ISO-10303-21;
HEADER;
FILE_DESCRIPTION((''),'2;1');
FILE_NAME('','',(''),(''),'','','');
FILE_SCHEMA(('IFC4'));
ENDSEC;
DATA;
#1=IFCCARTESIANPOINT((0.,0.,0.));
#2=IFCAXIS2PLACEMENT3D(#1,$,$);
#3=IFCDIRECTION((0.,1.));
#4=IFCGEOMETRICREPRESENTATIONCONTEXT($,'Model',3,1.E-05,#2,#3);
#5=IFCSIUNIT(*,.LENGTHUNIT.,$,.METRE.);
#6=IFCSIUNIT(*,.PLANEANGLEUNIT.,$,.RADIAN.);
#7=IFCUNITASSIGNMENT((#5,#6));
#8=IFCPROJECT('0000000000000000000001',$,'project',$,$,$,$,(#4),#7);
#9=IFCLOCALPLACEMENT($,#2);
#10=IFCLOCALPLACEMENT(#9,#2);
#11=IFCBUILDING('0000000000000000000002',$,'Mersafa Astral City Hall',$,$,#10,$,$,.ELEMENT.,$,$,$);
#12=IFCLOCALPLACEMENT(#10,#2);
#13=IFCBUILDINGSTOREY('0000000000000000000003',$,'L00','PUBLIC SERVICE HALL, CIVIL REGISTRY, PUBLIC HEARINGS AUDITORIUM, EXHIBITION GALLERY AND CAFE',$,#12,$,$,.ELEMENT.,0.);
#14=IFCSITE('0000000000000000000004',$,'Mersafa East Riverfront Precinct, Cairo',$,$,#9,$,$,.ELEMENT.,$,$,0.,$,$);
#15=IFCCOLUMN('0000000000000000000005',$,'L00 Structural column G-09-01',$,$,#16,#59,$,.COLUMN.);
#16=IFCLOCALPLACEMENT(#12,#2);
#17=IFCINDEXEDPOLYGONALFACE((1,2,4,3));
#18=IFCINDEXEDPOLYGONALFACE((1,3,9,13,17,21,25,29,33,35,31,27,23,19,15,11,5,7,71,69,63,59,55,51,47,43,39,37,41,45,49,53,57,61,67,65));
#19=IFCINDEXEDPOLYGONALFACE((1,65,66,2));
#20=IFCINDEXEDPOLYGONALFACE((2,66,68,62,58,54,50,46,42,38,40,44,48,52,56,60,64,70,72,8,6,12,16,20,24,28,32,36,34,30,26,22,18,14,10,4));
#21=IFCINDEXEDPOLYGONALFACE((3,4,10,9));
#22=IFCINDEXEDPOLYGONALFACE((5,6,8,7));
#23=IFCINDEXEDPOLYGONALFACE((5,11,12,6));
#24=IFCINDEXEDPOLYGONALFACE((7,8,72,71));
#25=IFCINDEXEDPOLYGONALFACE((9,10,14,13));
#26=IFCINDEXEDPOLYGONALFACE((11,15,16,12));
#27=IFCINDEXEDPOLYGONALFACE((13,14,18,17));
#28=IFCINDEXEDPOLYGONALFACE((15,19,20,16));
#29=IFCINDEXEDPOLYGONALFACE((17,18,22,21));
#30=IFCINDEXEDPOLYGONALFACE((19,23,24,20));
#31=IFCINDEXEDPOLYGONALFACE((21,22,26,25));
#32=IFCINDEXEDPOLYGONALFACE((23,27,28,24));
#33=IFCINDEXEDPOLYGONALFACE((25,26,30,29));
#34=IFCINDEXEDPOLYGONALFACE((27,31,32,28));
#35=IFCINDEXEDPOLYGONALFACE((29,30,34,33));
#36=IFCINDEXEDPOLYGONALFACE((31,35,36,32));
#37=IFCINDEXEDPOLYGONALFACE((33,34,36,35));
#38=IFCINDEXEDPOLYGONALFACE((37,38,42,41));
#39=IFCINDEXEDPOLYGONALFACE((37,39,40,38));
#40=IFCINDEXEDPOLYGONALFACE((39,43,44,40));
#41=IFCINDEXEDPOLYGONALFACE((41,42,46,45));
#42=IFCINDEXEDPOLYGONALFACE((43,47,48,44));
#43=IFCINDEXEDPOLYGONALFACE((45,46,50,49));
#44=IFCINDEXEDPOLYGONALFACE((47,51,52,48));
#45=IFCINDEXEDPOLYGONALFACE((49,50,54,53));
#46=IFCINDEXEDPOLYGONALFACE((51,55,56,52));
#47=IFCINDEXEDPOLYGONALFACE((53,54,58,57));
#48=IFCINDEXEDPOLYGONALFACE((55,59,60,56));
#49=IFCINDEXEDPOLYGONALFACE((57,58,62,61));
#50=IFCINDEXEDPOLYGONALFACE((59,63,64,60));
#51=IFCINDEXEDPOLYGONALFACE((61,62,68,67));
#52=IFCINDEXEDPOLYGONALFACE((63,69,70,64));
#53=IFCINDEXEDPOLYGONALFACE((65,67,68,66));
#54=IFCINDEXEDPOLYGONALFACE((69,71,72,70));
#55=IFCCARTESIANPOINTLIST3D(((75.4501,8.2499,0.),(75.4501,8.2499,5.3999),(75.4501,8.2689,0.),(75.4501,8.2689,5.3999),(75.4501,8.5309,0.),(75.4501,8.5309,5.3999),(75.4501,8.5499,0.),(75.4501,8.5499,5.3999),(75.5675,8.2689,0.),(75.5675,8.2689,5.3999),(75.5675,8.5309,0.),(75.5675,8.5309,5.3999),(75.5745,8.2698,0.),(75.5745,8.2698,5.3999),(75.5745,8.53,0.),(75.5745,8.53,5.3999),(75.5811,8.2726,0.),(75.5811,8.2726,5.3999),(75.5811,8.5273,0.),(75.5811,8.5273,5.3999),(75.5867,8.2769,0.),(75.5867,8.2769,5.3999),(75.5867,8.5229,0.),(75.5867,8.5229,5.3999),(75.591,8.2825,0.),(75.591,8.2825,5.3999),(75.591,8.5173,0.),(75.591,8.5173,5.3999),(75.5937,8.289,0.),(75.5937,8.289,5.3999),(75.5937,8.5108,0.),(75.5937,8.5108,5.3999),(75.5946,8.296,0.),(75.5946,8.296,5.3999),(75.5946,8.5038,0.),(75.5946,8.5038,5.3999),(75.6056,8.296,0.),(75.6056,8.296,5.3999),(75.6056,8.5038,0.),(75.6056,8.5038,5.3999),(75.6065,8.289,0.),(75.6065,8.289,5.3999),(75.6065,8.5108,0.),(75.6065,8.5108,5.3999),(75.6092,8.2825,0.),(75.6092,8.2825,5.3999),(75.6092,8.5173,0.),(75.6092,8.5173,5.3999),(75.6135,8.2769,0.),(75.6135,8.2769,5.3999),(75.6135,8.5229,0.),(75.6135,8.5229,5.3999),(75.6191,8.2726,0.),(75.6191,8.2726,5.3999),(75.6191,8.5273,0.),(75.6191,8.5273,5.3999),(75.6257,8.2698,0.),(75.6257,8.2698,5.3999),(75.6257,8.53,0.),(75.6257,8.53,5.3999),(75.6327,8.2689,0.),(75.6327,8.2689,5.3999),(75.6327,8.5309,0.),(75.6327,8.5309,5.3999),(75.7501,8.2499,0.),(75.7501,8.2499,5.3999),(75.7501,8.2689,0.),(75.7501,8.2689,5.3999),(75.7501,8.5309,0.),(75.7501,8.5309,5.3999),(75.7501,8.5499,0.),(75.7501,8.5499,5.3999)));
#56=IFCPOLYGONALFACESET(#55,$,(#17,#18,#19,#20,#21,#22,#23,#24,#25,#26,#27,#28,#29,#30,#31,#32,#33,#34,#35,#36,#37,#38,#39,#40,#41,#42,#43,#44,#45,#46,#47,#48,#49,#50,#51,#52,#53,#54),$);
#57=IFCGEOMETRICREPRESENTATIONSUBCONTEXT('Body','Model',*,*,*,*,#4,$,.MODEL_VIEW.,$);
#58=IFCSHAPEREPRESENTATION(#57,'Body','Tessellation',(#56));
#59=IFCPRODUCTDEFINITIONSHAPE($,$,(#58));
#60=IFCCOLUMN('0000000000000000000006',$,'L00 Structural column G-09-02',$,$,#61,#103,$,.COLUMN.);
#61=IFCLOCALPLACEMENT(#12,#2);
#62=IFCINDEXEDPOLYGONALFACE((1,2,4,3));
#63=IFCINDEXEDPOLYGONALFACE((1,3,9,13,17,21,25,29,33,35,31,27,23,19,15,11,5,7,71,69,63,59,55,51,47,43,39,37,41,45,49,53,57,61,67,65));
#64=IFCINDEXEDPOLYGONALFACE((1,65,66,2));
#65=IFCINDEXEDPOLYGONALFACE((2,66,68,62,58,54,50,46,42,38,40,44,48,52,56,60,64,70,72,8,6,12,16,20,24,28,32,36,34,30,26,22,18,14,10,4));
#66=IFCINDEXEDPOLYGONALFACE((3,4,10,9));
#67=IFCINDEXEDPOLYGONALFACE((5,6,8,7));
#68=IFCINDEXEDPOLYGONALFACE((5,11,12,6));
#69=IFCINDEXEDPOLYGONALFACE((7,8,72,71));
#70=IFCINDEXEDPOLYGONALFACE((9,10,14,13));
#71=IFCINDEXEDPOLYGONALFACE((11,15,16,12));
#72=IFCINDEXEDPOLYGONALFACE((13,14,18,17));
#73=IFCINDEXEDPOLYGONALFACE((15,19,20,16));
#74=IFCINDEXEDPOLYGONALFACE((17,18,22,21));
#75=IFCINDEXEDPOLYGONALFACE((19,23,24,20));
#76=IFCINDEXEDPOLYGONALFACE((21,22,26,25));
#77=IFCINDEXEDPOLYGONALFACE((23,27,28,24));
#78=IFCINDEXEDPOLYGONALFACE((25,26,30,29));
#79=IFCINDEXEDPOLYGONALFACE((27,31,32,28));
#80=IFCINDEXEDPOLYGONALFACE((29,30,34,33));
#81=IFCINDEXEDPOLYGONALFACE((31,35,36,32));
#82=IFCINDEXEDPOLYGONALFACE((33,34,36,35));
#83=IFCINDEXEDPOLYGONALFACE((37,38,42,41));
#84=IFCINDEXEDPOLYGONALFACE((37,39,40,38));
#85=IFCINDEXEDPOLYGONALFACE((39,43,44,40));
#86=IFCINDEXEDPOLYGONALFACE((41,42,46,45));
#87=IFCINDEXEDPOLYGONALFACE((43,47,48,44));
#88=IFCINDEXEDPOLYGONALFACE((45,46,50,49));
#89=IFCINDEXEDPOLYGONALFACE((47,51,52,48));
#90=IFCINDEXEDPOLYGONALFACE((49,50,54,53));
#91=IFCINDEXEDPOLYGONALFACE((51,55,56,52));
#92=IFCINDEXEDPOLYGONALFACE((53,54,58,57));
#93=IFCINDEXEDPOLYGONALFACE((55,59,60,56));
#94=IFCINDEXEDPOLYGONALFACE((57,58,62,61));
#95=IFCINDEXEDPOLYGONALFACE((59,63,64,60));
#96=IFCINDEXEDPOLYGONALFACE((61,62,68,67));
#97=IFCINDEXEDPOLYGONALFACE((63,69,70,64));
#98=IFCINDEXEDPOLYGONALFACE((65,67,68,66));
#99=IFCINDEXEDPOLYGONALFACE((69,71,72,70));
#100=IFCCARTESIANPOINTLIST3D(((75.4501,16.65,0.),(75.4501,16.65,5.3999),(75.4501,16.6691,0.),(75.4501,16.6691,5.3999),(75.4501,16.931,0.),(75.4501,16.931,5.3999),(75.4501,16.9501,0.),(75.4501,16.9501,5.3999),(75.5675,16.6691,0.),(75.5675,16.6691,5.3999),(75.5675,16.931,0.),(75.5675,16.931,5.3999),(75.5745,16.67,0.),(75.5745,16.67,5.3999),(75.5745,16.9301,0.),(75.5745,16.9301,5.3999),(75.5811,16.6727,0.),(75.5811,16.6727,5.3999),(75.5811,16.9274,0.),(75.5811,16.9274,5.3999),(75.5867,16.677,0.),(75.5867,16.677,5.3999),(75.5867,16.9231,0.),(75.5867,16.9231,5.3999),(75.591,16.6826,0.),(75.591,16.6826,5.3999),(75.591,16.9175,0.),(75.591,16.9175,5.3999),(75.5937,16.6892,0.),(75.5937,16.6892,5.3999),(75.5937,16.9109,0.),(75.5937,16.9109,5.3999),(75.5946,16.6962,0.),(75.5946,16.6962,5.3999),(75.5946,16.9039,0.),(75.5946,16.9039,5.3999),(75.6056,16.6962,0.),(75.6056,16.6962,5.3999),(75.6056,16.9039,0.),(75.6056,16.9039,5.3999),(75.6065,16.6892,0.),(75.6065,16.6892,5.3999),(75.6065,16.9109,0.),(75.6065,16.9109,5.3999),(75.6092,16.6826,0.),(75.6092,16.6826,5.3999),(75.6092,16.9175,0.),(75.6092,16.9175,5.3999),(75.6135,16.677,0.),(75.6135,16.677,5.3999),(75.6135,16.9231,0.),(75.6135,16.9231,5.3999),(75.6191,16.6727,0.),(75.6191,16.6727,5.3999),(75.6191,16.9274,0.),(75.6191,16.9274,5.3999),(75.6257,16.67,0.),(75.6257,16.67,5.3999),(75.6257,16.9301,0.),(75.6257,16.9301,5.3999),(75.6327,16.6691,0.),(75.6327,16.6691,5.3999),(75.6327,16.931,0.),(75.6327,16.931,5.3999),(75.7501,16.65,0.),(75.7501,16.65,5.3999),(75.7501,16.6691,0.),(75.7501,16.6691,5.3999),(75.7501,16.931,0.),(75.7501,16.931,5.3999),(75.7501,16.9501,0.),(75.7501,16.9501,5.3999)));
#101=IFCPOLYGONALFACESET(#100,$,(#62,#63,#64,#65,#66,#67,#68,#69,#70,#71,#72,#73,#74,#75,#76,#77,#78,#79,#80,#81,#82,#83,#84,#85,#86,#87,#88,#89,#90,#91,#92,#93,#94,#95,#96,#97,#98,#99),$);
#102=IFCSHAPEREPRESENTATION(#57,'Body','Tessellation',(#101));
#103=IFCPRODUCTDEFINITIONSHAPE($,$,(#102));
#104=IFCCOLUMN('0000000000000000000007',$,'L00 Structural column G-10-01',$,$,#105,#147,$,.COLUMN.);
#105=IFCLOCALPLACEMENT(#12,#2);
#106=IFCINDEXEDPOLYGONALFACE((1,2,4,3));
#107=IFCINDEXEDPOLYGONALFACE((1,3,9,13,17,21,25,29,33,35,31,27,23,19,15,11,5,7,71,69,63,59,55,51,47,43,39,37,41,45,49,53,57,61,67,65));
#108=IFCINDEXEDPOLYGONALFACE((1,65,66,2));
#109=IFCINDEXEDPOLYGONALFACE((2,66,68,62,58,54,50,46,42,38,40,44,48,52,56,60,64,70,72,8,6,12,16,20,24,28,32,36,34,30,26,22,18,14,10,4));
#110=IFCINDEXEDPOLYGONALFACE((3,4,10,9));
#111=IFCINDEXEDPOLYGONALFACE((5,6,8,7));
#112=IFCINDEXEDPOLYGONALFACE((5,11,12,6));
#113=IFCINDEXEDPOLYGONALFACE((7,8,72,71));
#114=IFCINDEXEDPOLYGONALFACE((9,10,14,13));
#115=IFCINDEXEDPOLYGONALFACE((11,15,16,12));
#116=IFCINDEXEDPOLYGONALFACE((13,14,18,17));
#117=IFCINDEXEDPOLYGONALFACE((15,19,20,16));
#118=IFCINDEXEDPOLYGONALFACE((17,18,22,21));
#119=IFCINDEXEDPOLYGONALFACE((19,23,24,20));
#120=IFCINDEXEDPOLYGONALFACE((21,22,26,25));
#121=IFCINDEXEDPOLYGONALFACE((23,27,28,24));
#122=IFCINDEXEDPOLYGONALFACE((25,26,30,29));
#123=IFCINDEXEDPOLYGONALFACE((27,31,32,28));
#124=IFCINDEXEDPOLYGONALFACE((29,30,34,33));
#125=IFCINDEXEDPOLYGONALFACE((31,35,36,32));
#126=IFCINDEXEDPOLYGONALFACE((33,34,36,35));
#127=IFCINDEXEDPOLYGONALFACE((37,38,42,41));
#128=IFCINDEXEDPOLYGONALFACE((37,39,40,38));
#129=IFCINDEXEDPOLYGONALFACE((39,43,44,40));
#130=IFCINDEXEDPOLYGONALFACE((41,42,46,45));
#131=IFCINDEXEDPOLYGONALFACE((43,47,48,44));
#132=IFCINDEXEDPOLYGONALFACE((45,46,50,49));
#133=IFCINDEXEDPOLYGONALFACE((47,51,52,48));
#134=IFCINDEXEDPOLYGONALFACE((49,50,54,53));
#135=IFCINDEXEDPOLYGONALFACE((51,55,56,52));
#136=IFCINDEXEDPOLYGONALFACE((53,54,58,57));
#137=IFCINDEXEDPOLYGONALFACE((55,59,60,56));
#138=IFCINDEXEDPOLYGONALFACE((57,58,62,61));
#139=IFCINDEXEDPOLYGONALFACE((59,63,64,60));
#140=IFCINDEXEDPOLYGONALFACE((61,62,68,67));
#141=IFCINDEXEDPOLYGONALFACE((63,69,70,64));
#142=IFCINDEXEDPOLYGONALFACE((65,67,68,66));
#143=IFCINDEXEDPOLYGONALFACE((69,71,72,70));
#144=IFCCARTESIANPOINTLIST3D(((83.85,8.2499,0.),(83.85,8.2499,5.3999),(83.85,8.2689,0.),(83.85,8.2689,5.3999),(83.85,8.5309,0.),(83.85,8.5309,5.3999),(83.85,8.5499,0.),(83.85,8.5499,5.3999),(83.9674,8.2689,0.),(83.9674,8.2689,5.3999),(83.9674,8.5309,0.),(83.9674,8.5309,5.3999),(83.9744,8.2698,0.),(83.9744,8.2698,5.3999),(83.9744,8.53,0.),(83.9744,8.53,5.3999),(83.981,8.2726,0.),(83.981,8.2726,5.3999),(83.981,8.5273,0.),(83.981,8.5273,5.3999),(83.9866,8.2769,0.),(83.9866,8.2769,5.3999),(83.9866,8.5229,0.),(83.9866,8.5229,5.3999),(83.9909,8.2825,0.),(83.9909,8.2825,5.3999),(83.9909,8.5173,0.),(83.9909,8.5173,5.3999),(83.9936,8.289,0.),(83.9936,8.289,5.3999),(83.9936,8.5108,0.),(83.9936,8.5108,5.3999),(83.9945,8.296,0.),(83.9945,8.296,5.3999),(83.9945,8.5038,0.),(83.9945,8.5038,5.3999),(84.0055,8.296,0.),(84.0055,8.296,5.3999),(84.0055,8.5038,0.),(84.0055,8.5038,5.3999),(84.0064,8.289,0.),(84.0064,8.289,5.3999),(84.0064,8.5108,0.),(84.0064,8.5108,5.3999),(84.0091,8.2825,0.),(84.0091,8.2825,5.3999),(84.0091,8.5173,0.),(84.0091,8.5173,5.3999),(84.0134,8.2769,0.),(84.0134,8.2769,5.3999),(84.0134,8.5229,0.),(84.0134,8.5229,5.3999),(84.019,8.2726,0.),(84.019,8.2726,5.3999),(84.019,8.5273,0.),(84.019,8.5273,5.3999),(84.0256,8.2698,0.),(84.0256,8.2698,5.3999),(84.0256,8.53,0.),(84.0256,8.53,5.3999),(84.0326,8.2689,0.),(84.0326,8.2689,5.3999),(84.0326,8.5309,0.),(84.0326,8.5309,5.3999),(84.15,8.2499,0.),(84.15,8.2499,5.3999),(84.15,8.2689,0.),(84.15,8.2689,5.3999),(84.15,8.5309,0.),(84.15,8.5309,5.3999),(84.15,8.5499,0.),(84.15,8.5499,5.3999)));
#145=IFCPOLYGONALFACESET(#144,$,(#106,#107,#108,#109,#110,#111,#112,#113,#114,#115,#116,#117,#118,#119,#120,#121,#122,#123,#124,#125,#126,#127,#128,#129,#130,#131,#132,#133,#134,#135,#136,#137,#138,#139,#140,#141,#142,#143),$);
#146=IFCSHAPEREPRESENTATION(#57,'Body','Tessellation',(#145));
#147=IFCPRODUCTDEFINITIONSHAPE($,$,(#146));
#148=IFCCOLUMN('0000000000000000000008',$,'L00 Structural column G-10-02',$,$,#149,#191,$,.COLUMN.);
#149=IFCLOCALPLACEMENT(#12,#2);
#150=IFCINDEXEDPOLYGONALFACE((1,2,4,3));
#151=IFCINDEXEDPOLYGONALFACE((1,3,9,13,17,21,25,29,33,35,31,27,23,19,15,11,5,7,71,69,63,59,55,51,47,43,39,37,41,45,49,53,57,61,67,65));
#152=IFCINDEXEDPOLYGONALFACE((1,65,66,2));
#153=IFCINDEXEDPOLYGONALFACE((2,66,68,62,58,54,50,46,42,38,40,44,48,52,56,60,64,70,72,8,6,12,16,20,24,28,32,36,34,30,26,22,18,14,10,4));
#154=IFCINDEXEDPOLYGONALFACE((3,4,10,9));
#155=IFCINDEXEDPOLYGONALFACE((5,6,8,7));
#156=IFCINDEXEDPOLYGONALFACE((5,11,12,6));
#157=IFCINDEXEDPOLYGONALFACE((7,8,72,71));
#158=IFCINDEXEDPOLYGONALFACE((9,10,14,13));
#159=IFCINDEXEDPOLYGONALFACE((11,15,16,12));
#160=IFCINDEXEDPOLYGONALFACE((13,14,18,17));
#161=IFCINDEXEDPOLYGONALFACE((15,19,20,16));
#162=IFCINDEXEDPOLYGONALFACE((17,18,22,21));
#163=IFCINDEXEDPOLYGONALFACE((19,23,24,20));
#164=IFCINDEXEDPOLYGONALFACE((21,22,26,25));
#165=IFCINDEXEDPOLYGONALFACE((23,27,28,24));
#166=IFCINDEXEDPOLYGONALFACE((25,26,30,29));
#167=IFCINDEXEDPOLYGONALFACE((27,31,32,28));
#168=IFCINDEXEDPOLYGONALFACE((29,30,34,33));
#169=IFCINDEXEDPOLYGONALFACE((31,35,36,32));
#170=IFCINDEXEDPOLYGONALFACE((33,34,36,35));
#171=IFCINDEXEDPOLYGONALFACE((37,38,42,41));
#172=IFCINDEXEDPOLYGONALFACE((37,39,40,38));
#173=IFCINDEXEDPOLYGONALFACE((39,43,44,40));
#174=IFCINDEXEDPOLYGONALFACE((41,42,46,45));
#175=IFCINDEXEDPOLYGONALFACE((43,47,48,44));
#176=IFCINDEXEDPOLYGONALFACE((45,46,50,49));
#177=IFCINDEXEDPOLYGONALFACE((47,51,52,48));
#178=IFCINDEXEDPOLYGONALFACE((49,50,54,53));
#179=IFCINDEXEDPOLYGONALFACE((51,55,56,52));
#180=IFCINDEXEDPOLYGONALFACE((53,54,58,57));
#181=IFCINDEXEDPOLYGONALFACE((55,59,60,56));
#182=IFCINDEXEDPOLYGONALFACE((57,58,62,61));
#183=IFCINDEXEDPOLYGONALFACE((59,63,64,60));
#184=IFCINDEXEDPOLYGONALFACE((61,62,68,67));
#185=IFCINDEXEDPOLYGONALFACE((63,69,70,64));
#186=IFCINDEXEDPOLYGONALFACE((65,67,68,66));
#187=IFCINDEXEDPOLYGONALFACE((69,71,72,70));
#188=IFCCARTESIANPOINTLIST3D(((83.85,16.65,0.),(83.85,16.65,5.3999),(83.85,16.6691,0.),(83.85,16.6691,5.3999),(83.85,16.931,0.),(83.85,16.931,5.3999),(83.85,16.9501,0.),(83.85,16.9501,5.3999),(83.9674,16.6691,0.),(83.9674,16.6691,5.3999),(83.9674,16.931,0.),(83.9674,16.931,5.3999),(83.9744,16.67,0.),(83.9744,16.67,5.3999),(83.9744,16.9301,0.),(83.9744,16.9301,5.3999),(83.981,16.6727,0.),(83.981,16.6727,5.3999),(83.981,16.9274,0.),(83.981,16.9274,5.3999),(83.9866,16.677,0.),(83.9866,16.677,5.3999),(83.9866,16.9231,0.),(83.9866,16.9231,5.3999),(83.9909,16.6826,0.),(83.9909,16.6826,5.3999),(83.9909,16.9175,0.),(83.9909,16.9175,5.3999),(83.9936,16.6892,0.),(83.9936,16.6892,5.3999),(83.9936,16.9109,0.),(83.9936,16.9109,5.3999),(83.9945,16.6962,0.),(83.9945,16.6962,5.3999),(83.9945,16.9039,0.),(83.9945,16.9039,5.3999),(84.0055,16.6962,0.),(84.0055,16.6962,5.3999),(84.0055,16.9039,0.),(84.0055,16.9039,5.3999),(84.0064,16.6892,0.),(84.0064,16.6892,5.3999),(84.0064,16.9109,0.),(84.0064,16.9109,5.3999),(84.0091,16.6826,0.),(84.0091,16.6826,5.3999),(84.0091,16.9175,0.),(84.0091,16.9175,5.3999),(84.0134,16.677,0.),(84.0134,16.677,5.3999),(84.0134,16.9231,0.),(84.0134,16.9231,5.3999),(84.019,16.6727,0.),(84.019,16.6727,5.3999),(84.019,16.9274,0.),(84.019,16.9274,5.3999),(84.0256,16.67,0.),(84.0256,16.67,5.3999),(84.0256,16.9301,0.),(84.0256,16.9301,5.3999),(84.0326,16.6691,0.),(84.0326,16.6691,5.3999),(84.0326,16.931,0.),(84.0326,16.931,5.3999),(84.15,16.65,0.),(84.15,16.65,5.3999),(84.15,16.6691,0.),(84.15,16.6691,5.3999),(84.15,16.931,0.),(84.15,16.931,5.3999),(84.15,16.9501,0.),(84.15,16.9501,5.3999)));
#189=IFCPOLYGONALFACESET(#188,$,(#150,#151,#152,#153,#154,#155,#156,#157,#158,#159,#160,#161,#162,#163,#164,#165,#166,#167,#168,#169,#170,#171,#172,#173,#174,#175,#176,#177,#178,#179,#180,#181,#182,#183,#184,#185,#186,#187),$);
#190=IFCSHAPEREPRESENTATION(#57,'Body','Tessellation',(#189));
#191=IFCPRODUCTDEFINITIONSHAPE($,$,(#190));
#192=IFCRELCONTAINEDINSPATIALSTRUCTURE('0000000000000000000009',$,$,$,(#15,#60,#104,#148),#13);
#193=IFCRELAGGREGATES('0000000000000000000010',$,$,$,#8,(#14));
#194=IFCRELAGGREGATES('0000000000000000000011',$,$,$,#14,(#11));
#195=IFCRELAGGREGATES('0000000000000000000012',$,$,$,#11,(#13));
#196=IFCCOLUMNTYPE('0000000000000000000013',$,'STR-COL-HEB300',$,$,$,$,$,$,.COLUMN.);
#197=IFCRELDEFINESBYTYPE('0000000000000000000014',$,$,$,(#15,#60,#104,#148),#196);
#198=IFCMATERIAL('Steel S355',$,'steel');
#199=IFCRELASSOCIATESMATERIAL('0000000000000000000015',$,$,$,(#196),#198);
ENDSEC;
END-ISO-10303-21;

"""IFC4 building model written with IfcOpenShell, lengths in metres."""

from ifc_helpers import new_model, si_unit, direction, frame, origin, origin_2d, place, context, subcontext, project, spatial, i_section, extrude, material, material_profile, profile_set, type_object, element, save


model = new_model("IFC4")

# Units and contexts
model_context = context("Model", 3, precision=1e-05, world=origin(), true_north=direction((0.0, 1.0)))
body_context = subcontext(model_context, "Body", "Model", "MODEL_VIEW")
ifc_project = project(units=[si_unit("LENGTHUNIT", "METRE"), si_unit("PLANEANGLEUNIT", "RADIAN")], contexts=[model_context])

# Site, building, storey
site_placement = place(None, origin())
site = spatial("IfcSite", under=ifc_project, at=site_placement, Name="Mersafa East Riverfront Precinct, Cairo", CompositionType="ELEMENT", RefElevation=0.0)
building_placement = place(site_placement, origin())
building = spatial("IfcBuilding", under=site, at=building_placement, Name="Mersafa Astral City Hall", CompositionType="ELEMENT")
storey_placement = place(building_placement, origin())
storey = spatial("IfcBuildingStorey", under=building, at=storey_placement, Name="L00", Description="PUBLIC SERVICE HALL, CIVIL REGISTRY, PUBLIC HEARINGS AUDITORIUM, EXHIBITION GALLERY AND CAFE", CompositionType="ELEMENT", Elevation=0.0)

# Columns
ifc_material_1 = material(Name="Steel S355", Category="steel")
ifc_material_profile_1 = material_profile(ifc_material_1, i_section(OverallWidth=0.3, OverallDepth=0.3, WebThickness=0.011, FlangeThickness=0.019, FilletRadius=0.0271, at=origin_2d()), Name="HEB 300")
ifc_profile_set_1 = profile_set([ifc_material_profile_1], Name="Steel S355")
column_type_1 = type_object("IfcColumnType", Name="STR-COL-HEB300", PredefinedType="COLUMN", material=ifc_profile_set_1)
for number, where, z_axis, x_axis, name in (
    (1, (75.6001, 8.3999, 0.0), (0.0, 0.0, 1.0), (1.0, 0.0, 0.0), "L00 Structural column G-09-01"),
    (2, (75.6001, 16.8, 0.0), (0.0, 0.0, 1.0), (1.0, 0.0, 0.0), "L00 Structural column G-09-02"),
    (3, (84.0, 8.3999, 0.0), (0.0, 0.0, 1.0), (1.0, 0.0, 0.0), "L00 Structural column G-10-01"),
    (4, (84.0, 16.8, 0.0), (0.0, 0.0, 1.0), (1.0, 0.0, 0.0), "L00 Structural column G-10-02"),
):
    element("IfcColumn", number, at=place(storey_placement, frame(where, z_axis=z_axis, x_axis=x_axis)), inside=storey, type_object=column_type_1, Name=name, PredefinedType="COLUMN", context=body_context, shape_type="SweptSolid", body=[
        extrude(i_section(OverallWidth=0.3, OverallDepth=0.3, WebThickness=0.011, FlangeThickness=0.019, FilletRadius=0.0271, at=origin_2d()), origin(), (0.0, 0.0, 1.0), 5.3999),
    ])

save(model, "model.ifc")
